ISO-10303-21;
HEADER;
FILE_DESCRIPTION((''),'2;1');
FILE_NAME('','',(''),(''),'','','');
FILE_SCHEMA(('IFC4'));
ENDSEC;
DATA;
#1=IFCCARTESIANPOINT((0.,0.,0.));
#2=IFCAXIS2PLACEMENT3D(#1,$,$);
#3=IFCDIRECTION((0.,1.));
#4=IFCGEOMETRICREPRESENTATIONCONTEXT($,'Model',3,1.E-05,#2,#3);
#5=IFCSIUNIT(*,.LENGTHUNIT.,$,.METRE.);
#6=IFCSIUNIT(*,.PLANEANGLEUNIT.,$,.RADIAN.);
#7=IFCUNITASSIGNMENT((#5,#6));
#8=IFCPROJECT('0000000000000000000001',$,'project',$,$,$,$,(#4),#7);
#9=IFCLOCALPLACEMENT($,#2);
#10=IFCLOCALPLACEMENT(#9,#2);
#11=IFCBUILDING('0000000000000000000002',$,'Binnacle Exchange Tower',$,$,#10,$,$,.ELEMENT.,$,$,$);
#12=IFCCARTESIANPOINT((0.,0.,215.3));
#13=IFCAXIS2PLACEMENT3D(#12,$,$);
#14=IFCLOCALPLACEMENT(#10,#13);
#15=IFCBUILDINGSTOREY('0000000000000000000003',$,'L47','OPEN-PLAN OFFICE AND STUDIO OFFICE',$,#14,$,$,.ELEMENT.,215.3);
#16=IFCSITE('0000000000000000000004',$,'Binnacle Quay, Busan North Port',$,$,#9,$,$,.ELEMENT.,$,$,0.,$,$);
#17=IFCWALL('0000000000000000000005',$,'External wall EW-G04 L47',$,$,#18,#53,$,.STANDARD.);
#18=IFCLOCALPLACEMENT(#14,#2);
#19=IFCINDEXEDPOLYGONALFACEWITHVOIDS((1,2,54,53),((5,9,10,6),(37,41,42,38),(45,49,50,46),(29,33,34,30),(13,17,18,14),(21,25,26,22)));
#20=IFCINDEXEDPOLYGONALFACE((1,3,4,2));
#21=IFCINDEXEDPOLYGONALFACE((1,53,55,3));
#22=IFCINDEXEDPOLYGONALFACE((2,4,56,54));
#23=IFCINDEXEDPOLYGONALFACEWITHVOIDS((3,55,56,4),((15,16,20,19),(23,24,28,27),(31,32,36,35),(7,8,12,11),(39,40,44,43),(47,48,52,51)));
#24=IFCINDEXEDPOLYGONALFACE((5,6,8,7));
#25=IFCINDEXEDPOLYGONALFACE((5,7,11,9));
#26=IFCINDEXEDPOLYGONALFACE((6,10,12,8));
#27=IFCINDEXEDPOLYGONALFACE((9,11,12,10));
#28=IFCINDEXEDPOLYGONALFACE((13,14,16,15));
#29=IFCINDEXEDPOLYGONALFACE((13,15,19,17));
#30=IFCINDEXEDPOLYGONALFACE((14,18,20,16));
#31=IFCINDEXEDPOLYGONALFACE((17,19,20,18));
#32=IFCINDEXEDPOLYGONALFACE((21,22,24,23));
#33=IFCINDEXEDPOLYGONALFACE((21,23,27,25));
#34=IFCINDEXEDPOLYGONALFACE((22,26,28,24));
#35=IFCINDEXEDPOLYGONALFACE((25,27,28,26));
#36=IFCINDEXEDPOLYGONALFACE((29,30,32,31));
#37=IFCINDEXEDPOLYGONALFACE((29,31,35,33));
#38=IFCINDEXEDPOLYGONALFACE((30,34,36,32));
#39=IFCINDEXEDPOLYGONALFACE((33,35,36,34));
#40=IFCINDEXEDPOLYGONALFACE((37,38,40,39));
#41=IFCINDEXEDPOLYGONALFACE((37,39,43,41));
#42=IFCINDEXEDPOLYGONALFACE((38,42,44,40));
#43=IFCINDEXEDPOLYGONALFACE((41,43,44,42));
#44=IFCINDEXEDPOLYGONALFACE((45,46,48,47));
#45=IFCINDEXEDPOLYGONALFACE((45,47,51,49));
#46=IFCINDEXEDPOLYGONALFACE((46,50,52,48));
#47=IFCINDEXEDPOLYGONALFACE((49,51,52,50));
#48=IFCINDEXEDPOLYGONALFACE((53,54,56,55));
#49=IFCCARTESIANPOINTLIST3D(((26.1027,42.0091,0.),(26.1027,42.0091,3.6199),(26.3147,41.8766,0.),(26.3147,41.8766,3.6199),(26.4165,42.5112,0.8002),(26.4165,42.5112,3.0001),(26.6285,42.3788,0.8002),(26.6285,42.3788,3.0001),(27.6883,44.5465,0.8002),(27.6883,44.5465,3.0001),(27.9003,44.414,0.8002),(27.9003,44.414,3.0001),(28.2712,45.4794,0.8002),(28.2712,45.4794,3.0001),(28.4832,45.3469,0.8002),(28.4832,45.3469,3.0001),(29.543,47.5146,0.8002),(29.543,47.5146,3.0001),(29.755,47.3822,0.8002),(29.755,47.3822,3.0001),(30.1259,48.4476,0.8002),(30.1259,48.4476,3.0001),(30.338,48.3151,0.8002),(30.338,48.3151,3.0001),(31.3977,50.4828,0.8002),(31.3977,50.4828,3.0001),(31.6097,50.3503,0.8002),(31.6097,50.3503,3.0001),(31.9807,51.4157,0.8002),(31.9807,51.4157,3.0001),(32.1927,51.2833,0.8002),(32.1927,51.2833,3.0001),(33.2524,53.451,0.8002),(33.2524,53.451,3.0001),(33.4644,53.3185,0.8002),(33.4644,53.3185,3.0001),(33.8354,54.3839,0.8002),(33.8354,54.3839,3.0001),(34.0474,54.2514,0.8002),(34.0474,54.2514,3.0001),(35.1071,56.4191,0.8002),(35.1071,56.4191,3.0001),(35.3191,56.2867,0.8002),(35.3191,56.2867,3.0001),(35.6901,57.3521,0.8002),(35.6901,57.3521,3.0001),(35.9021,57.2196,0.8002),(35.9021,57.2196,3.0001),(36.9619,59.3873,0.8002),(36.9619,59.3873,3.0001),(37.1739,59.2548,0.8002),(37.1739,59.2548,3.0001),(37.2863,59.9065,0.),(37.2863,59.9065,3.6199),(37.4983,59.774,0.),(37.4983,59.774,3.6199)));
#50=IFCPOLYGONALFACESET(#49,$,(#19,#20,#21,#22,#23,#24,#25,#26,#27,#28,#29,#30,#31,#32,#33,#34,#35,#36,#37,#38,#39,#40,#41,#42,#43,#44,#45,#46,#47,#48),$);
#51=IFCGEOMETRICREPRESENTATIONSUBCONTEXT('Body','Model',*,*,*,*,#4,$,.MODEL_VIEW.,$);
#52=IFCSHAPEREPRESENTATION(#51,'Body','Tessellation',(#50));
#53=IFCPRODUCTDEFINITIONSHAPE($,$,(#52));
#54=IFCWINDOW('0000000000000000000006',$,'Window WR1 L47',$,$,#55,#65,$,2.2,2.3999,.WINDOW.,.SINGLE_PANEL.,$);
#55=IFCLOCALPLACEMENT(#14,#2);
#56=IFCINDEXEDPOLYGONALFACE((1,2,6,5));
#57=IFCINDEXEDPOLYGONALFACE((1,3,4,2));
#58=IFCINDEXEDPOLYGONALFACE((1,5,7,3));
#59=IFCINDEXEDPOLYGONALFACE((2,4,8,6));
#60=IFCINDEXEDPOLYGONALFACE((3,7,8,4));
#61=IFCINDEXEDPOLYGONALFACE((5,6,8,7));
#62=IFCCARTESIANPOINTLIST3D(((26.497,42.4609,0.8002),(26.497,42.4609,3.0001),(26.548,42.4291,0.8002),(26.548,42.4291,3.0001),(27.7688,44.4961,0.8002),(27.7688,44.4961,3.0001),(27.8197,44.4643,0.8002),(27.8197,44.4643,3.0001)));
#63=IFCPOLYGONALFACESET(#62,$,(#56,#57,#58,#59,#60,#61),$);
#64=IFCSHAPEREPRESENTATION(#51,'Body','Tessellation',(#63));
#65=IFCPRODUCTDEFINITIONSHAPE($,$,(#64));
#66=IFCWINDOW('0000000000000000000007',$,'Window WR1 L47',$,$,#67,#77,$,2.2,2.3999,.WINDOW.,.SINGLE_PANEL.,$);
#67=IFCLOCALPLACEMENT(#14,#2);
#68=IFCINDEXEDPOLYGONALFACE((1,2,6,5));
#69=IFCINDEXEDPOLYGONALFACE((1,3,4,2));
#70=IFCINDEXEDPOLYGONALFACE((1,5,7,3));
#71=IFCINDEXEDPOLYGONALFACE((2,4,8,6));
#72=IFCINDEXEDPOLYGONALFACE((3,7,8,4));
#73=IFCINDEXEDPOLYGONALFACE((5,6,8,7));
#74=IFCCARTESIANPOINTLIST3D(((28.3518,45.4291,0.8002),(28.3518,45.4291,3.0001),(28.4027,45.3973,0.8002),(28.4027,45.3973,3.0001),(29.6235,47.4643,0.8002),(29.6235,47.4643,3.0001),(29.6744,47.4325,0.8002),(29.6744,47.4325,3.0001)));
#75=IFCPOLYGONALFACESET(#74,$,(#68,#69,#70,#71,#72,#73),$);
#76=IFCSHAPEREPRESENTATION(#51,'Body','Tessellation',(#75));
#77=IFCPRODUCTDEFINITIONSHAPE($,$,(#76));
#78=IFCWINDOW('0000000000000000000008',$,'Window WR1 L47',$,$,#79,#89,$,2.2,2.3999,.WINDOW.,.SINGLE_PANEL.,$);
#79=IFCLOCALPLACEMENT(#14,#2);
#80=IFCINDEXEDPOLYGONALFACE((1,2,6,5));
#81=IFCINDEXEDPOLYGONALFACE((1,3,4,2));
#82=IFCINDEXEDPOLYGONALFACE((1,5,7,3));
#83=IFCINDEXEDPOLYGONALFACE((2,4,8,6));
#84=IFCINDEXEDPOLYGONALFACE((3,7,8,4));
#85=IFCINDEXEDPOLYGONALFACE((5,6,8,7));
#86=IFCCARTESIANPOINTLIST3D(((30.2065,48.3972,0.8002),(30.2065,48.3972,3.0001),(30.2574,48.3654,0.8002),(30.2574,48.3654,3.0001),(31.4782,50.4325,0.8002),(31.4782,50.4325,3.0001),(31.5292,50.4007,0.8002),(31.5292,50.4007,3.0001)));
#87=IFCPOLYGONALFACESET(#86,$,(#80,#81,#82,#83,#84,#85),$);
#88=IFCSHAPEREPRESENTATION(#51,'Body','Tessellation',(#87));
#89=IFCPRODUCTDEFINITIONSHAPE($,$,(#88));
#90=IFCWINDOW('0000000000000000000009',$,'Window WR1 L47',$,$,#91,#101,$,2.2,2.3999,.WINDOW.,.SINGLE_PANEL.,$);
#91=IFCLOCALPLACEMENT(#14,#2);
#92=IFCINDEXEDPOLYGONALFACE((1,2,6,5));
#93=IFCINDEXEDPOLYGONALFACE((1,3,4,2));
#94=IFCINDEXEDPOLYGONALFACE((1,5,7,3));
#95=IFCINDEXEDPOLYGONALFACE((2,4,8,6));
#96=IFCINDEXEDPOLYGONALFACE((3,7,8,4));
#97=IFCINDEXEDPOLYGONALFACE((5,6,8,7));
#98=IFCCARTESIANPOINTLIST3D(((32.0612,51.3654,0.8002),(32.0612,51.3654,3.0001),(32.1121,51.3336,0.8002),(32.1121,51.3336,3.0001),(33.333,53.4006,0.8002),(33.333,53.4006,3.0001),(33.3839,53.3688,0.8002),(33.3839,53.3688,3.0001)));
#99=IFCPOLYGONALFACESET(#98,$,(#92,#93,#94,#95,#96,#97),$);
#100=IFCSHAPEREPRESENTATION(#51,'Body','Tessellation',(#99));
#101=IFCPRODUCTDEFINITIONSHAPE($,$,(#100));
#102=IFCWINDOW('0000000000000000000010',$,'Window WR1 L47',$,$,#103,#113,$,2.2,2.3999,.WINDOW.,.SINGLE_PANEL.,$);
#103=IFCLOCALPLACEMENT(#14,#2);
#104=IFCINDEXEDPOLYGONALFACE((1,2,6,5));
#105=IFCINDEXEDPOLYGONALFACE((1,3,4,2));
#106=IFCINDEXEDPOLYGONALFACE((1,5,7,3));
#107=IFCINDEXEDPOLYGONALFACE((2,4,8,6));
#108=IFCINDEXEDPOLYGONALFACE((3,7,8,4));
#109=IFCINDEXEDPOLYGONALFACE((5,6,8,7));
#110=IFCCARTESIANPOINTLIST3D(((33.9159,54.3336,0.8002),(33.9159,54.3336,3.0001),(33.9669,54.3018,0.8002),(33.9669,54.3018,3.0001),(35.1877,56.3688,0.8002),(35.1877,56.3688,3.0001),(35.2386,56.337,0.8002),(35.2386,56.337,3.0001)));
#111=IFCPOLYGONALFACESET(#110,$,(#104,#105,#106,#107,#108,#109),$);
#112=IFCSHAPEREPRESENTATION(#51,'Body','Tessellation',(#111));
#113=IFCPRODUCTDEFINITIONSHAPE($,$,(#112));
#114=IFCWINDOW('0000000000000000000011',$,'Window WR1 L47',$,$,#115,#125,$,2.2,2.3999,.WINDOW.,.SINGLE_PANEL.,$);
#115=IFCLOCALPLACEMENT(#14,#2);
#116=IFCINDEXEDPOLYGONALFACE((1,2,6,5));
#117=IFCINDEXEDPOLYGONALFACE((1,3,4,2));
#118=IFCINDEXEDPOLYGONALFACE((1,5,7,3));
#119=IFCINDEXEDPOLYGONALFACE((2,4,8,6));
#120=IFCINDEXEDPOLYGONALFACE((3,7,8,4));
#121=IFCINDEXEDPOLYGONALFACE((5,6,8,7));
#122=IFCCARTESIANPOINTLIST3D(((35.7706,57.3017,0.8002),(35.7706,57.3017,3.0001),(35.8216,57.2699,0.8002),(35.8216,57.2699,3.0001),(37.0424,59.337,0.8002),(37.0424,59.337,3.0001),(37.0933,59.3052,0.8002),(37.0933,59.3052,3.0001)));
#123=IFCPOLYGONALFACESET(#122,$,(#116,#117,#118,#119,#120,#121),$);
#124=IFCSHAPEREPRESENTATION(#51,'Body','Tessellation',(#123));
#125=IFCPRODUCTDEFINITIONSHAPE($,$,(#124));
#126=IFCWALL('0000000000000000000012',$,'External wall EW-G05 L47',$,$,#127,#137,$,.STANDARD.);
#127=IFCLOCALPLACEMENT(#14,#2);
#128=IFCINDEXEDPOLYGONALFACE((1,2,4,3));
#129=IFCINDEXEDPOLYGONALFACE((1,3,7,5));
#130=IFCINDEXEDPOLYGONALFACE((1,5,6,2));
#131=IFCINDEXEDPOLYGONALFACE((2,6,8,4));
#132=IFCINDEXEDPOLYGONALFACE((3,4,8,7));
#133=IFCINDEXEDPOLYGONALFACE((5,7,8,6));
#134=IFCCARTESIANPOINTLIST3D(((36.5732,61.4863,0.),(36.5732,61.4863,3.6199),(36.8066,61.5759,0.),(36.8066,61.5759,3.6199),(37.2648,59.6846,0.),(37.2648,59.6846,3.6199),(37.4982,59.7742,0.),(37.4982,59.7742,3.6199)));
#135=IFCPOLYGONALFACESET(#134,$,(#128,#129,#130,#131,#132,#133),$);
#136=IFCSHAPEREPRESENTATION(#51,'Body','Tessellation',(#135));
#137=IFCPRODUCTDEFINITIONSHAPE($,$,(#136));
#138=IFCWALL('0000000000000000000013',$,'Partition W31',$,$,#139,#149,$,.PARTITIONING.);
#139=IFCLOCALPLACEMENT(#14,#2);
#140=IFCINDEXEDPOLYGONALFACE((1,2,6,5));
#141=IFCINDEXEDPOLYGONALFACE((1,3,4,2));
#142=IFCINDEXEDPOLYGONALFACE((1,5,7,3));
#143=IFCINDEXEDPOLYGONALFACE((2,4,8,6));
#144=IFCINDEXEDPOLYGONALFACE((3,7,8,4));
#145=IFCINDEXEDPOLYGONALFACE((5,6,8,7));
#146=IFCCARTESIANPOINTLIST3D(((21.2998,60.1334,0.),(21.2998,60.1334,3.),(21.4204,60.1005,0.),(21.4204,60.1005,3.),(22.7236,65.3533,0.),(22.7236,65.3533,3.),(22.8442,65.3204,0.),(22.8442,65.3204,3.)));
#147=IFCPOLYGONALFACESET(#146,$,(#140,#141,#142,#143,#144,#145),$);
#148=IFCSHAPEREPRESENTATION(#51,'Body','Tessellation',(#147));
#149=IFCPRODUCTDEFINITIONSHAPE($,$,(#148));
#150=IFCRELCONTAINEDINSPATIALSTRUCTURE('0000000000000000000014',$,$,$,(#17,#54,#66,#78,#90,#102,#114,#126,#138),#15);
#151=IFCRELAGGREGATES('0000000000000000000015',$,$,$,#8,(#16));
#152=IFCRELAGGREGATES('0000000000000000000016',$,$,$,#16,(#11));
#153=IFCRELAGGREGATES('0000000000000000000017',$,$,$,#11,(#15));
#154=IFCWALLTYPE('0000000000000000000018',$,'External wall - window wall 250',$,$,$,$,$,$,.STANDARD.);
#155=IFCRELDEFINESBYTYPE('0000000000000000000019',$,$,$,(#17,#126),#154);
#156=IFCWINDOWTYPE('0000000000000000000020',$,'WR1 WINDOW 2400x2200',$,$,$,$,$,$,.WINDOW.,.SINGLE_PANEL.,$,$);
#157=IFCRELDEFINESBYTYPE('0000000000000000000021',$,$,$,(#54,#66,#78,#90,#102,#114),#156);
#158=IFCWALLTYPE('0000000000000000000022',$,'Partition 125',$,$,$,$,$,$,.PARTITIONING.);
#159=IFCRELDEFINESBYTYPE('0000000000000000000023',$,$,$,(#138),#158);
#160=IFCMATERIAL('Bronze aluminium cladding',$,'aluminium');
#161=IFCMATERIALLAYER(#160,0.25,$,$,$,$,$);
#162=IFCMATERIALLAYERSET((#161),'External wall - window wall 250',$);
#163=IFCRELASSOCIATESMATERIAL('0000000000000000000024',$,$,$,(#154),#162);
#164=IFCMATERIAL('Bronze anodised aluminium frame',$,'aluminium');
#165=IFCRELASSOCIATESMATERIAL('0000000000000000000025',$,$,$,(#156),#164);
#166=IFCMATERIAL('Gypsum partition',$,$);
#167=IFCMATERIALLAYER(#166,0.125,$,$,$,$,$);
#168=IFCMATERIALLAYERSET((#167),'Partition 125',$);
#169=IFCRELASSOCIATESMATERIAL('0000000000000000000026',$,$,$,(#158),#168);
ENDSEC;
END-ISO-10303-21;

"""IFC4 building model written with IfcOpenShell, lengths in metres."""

from ifc_helpers import new_model, si_unit, direction, frame, frame_2d, origin, place, context, subcontext, project, spatial, rectangle, extrude, material, layer, layer_set, type_object, element, fill, save


model = new_model("IFC4")

# Units and contexts
model_context = context("Model", 3, precision=1e-05, world=origin(), true_north=direction((0.0, 1.0)))
body_context = subcontext(model_context, "Body", "Model", "MODEL_VIEW")
ifc_project = project(units=[si_unit("LENGTHUNIT", "METRE"), si_unit("PLANEANGLEUNIT", "RADIAN")], contexts=[model_context])

# Site, building, storey
site_placement = place(None, origin())
site = spatial("IfcSite", under=ifc_project, at=site_placement, Name="Binnacle Quay, Busan North Port", CompositionType="ELEMENT", RefElevation=0.0)
building_placement = place(site_placement, origin())
building = spatial("IfcBuilding", under=site, at=building_placement, Name="Binnacle Exchange Tower", CompositionType="ELEMENT")
storey_placement = place(building_placement, frame((0.0, 0.0, 215.3)))
storey = spatial("IfcBuildingStorey", under=building, at=storey_placement, Name="L47", Description="OPEN-PLAN OFFICE AND STUDIO OFFICE", CompositionType="ELEMENT", Elevation=215.3)

# Wall, openings, windows
ifc_material_1 = material(Name="Bronze aluminium cladding", Category="aluminium")
ifc_layer_1 = layer(ifc_material_1, 0.25)
ifc_layer_set_1 = layer_set([ifc_layer_1], Name="External wall - window wall 250")
wall_type_1 = type_object("IfcWallType", Name="External wall - window wall 250", PredefinedType="STANDARD", material=ifc_layer_set_1)
wall_1_placement = place(storey_placement, frame((37.3923, 59.8403, 0.0), z_axis=(0.0, 0.0, 1.0), x_axis=(-0.52992, -0.848048, 0.0)))
wall_1 = element("IfcWall", 1, at=wall_1_placement, inside=storey, type_object=wall_type_1, Name="External wall EW-G04 L47", PredefinedType="STANDARD", context=body_context, shape_type="SweptSolid", body=[
    extrude(rectangle(XDim=21.1042, YDim=0.25, at=frame_2d((10.5522, 0.0))), origin(), (0.0, 0.0, 1.0), 3.6199),
])
opening_1_placement = place(wall_1_placement, frame((18.1123, 0.0, 0.8)))
opening_1 = element("IfcOpeningElement", 2, at=opening_1_placement, cuts=wall_1, PredefinedType="OPENING", context=body_context, shape_type="SweptSolid", body=[
    extrude(rectangle(XDim=2.3999, YDim=2.2, at=frame_2d((1.2, 1.1001))), frame((0.0, 0.135, 0.0), z_axis=(0.0, -1.0, 0.0), x_axis=(1.0, 0.0, 0.0)), (0.0, 0.0, 1.0), 0.27),
])
opening_2_placement = place(wall_1_placement, frame((14.6123, 0.0, 0.8)))
opening_2 = element("IfcOpeningElement", 3, at=opening_2_placement, cuts=wall_1, PredefinedType="OPENING", context=body_context, shape_type="SweptSolid", body=[
    extrude(rectangle(XDim=2.3999, YDim=2.2, at=frame_2d((1.2, 1.1001))), frame((0.0, 0.135, 0.0), z_axis=(0.0, -1.0, 0.0), x_axis=(1.0, 0.0, 0.0)), (0.0, 0.0, 1.0), 0.27),
])
opening_3_placement = place(wall_1_placement, frame((11.1123, 0.0, 0.8)))
opening_3 = element("IfcOpeningElement", 4, at=opening_3_placement, cuts=wall_1, PredefinedType="OPENING", context=body_context, shape_type="SweptSolid", body=[
    extrude(rectangle(XDim=2.3999, YDim=2.2, at=frame_2d((1.2, 1.1001))), frame((0.0, 0.135, 0.0), z_axis=(0.0, -1.0, 0.0), x_axis=(1.0, 0.0, 0.0)), (0.0, 0.0, 1.0), 0.27),
])
opening_4_placement = place(wall_1_placement, frame((7.6123, 0.0, 0.8)))
opening_4 = element("IfcOpeningElement", 5, at=opening_4_placement, cuts=wall_1, PredefinedType="OPENING", context=body_context, shape_type="SweptSolid", body=[
    extrude(rectangle(XDim=2.3999, YDim=2.2, at=frame_2d((1.2, 1.1001))), frame((0.0, 0.135, 0.0), z_axis=(0.0, -1.0, 0.0), x_axis=(1.0, 0.0, 0.0)), (0.0, 0.0, 1.0), 0.27),
])
opening_5_placement = place(wall_1_placement, frame((4.1123, 0.0, 0.8)))
opening_5 = element("IfcOpeningElement", 6, at=opening_5_placement, cuts=wall_1, PredefinedType="OPENING", context=body_context, shape_type="SweptSolid", body=[
    extrude(rectangle(XDim=2.3999, YDim=2.2, at=frame_2d((1.2, 1.1001))), frame((0.0, 0.135, 0.0), z_axis=(0.0, -1.0, 0.0), x_axis=(1.0, 0.0, 0.0)), (0.0, 0.0, 1.0), 0.27),
])
opening_6_placement = place(wall_1_placement, frame((0.6123, 0.0, 0.8)))
opening_6 = element("IfcOpeningElement", 7, at=opening_6_placement, cuts=wall_1, PredefinedType="OPENING", context=body_context, shape_type="SweptSolid", body=[
    extrude(rectangle(XDim=2.3999, YDim=2.2, at=frame_2d((1.2, 1.1001))), frame((0.0, 0.135, 0.0), z_axis=(0.0, -1.0, 0.0), x_axis=(1.0, 0.0, 0.0)), (0.0, 0.0, 1.0), 0.27),
])
ifc_material_2 = material(Name="Bronze anodised aluminium frame", Category="aluminium")
window_type = type_object("IfcWindowType", Name="WR1 WINDOW 2400x2200", PartitioningType="SINGLE_PANEL", PredefinedType="WINDOW", material=ifc_material_2)
window_1_placement = place(opening_1_placement, origin())
window_1 = element("IfcWindow", 8, at=window_1_placement, inside=storey, type_object=window_type, Name="Window WR1 L47", OverallHeight=2.2, OverallWidth=2.3999, PartitioningType="SINGLE_PANEL", PredefinedType="WINDOW", context=body_context, shape_type="SweptSolid", body=[
    extrude(rectangle(XDim=2.3999, YDim=2.2, at=frame_2d((1.2, 1.1001))), frame((0.0, 0.03, 0.0), z_axis=(0.0, -1.0, 0.0), x_axis=(1.0, 0.0, 0.0)), (0.0, 0.0, 1.0), 0.0601),
])
fill(opening_1, window_1)
window_2_placement = place(opening_2_placement, origin())
window_2 = element("IfcWindow", 9, at=window_2_placement, inside=storey, type_object=window_type, Name="Window WR1 L47", OverallHeight=2.2, OverallWidth=2.3999, PartitioningType="SINGLE_PANEL", PredefinedType="WINDOW", context=body_context, shape_type="SweptSolid", body=[
    extrude(rectangle(XDim=2.3999, YDim=2.2, at=frame_2d((1.2, 1.1001))), frame((0.0, 0.03, 0.0), z_axis=(0.0, -1.0, 0.0), x_axis=(1.0, 0.0, 0.0)), (0.0, 0.0, 1.0), 0.0601),
])
fill(opening_2, window_2)
window_3_placement = place(opening_3_placement, origin())
window_3 = element("IfcWindow", 10, at=window_3_placement, inside=storey, type_object=window_type, Name="Window WR1 L47", OverallHeight=2.2, OverallWidth=2.3999, PartitioningType="SINGLE_PANEL", PredefinedType="WINDOW", context=body_context, shape_type="SweptSolid", body=[
    extrude(rectangle(XDim=2.3999, YDim=2.2, at=frame_2d((1.2, 1.1001))), frame((0.0, 0.03, 0.0), z_axis=(0.0, -1.0, 0.0), x_axis=(1.0, 0.0, 0.0)), (0.0, 0.0, 1.0), 0.0601),
])
fill(opening_3, window_3)
window_4_placement = place(opening_4_placement, origin())
window_4 = element("IfcWindow", 11, at=window_4_placement, inside=storey, type_object=window_type, Name="Window WR1 L47", OverallHeight=2.2, OverallWidth=2.3999, PartitioningType="SINGLE_PANEL", PredefinedType="WINDOW", context=body_context, shape_type="SweptSolid", body=[
    extrude(rectangle(XDim=2.3999, YDim=2.2, at=frame_2d((1.2, 1.1001))), frame((0.0, 0.03, 0.0), z_axis=(0.0, -1.0, 0.0), x_axis=(1.0, 0.0, 0.0)), (0.0, 0.0, 1.0), 0.0601),
])
fill(opening_4, window_4)
window_5_placement = place(opening_5_placement, origin())
window_5 = element("IfcWindow", 12, at=window_5_placement, inside=storey, type_object=window_type, Name="Window WR1 L47", OverallHeight=2.2, OverallWidth=2.3999, PartitioningType="SINGLE_PANEL", PredefinedType="WINDOW", context=body_context, shape_type="SweptSolid", body=[
    extrude(rectangle(XDim=2.3999, YDim=2.2, at=frame_2d((1.2, 1.1001))), frame((0.0, 0.03, 0.0), z_axis=(0.0, -1.0, 0.0), x_axis=(1.0, 0.0, 0.0)), (0.0, 0.0, 1.0), 0.0601),
])
fill(opening_5, window_5)
window_6_placement = place(opening_6_placement, origin())
window_6 = element("IfcWindow", 13, at=window_6_placement, inside=storey, type_object=window_type, Name="Window WR1 L47", OverallHeight=2.2, OverallWidth=2.3999, PartitioningType="SINGLE_PANEL", PredefinedType="WINDOW", context=body_context, shape_type="SweptSolid", body=[
    extrude(rectangle(XDim=2.3999, YDim=2.2, at=frame_2d((1.2, 1.1001))), frame((0.0, 0.03, 0.0), z_axis=(0.0, -1.0, 0.0), x_axis=(1.0, 0.0, 0.0)), (0.0, 0.0, 1.0), 0.0601),
])
fill(opening_6, window_6)

# Walls
wall_2_placement = place(storey_placement, frame((36.6899, 61.531, 0.0), z_axis=(0.0, 0.0, 1.0), x_axis=(0.358377, -0.933577, 0.0)))
element("IfcWall", 14, at=wall_2_placement, inside=storey, type_object=wall_type_1, Name="External wall EW-G05 L47", PredefinedType="STANDARD", context=body_context, shape_type="SweptSolid", body=[
    extrude(rectangle(XDim=1.9299, YDim=0.25, at=frame_2d((0.9648, 0.0))), origin(), (0.0, 0.0, 1.0), 3.6199),
])
ifc_material_3 = material(Name="Gypsum partition")
ifc_layer_2 = layer(ifc_material_3, 0.125)
ifc_layer_set_2 = layer_set([ifc_layer_2], Name="Partition 125")
wall_type_2 = type_object("IfcWallType", Name="Partition 125", PredefinedType="PARTITIONING", material=ifc_layer_set_2)
wall_3_placement = place(storey_placement, frame((21.3601, 60.1169, 0.0), z_axis=(0.0, 0.0, 1.0), x_axis=(0.263152, 0.964754, 0.0)))
element("IfcWall", 15, at=wall_3_placement, inside=storey, type_object=wall_type_2, Name="Partition W31", PredefinedType="PARTITIONING", context=body_context, shape_type="SweptSolid", body=[
    extrude(rectangle(XDim=5.4106, YDim=0.125, at=frame_2d((2.7053, 0.0))), origin(), (0.0, 0.0, 1.0), 3.0),
])

save(model, "model.ifc")
